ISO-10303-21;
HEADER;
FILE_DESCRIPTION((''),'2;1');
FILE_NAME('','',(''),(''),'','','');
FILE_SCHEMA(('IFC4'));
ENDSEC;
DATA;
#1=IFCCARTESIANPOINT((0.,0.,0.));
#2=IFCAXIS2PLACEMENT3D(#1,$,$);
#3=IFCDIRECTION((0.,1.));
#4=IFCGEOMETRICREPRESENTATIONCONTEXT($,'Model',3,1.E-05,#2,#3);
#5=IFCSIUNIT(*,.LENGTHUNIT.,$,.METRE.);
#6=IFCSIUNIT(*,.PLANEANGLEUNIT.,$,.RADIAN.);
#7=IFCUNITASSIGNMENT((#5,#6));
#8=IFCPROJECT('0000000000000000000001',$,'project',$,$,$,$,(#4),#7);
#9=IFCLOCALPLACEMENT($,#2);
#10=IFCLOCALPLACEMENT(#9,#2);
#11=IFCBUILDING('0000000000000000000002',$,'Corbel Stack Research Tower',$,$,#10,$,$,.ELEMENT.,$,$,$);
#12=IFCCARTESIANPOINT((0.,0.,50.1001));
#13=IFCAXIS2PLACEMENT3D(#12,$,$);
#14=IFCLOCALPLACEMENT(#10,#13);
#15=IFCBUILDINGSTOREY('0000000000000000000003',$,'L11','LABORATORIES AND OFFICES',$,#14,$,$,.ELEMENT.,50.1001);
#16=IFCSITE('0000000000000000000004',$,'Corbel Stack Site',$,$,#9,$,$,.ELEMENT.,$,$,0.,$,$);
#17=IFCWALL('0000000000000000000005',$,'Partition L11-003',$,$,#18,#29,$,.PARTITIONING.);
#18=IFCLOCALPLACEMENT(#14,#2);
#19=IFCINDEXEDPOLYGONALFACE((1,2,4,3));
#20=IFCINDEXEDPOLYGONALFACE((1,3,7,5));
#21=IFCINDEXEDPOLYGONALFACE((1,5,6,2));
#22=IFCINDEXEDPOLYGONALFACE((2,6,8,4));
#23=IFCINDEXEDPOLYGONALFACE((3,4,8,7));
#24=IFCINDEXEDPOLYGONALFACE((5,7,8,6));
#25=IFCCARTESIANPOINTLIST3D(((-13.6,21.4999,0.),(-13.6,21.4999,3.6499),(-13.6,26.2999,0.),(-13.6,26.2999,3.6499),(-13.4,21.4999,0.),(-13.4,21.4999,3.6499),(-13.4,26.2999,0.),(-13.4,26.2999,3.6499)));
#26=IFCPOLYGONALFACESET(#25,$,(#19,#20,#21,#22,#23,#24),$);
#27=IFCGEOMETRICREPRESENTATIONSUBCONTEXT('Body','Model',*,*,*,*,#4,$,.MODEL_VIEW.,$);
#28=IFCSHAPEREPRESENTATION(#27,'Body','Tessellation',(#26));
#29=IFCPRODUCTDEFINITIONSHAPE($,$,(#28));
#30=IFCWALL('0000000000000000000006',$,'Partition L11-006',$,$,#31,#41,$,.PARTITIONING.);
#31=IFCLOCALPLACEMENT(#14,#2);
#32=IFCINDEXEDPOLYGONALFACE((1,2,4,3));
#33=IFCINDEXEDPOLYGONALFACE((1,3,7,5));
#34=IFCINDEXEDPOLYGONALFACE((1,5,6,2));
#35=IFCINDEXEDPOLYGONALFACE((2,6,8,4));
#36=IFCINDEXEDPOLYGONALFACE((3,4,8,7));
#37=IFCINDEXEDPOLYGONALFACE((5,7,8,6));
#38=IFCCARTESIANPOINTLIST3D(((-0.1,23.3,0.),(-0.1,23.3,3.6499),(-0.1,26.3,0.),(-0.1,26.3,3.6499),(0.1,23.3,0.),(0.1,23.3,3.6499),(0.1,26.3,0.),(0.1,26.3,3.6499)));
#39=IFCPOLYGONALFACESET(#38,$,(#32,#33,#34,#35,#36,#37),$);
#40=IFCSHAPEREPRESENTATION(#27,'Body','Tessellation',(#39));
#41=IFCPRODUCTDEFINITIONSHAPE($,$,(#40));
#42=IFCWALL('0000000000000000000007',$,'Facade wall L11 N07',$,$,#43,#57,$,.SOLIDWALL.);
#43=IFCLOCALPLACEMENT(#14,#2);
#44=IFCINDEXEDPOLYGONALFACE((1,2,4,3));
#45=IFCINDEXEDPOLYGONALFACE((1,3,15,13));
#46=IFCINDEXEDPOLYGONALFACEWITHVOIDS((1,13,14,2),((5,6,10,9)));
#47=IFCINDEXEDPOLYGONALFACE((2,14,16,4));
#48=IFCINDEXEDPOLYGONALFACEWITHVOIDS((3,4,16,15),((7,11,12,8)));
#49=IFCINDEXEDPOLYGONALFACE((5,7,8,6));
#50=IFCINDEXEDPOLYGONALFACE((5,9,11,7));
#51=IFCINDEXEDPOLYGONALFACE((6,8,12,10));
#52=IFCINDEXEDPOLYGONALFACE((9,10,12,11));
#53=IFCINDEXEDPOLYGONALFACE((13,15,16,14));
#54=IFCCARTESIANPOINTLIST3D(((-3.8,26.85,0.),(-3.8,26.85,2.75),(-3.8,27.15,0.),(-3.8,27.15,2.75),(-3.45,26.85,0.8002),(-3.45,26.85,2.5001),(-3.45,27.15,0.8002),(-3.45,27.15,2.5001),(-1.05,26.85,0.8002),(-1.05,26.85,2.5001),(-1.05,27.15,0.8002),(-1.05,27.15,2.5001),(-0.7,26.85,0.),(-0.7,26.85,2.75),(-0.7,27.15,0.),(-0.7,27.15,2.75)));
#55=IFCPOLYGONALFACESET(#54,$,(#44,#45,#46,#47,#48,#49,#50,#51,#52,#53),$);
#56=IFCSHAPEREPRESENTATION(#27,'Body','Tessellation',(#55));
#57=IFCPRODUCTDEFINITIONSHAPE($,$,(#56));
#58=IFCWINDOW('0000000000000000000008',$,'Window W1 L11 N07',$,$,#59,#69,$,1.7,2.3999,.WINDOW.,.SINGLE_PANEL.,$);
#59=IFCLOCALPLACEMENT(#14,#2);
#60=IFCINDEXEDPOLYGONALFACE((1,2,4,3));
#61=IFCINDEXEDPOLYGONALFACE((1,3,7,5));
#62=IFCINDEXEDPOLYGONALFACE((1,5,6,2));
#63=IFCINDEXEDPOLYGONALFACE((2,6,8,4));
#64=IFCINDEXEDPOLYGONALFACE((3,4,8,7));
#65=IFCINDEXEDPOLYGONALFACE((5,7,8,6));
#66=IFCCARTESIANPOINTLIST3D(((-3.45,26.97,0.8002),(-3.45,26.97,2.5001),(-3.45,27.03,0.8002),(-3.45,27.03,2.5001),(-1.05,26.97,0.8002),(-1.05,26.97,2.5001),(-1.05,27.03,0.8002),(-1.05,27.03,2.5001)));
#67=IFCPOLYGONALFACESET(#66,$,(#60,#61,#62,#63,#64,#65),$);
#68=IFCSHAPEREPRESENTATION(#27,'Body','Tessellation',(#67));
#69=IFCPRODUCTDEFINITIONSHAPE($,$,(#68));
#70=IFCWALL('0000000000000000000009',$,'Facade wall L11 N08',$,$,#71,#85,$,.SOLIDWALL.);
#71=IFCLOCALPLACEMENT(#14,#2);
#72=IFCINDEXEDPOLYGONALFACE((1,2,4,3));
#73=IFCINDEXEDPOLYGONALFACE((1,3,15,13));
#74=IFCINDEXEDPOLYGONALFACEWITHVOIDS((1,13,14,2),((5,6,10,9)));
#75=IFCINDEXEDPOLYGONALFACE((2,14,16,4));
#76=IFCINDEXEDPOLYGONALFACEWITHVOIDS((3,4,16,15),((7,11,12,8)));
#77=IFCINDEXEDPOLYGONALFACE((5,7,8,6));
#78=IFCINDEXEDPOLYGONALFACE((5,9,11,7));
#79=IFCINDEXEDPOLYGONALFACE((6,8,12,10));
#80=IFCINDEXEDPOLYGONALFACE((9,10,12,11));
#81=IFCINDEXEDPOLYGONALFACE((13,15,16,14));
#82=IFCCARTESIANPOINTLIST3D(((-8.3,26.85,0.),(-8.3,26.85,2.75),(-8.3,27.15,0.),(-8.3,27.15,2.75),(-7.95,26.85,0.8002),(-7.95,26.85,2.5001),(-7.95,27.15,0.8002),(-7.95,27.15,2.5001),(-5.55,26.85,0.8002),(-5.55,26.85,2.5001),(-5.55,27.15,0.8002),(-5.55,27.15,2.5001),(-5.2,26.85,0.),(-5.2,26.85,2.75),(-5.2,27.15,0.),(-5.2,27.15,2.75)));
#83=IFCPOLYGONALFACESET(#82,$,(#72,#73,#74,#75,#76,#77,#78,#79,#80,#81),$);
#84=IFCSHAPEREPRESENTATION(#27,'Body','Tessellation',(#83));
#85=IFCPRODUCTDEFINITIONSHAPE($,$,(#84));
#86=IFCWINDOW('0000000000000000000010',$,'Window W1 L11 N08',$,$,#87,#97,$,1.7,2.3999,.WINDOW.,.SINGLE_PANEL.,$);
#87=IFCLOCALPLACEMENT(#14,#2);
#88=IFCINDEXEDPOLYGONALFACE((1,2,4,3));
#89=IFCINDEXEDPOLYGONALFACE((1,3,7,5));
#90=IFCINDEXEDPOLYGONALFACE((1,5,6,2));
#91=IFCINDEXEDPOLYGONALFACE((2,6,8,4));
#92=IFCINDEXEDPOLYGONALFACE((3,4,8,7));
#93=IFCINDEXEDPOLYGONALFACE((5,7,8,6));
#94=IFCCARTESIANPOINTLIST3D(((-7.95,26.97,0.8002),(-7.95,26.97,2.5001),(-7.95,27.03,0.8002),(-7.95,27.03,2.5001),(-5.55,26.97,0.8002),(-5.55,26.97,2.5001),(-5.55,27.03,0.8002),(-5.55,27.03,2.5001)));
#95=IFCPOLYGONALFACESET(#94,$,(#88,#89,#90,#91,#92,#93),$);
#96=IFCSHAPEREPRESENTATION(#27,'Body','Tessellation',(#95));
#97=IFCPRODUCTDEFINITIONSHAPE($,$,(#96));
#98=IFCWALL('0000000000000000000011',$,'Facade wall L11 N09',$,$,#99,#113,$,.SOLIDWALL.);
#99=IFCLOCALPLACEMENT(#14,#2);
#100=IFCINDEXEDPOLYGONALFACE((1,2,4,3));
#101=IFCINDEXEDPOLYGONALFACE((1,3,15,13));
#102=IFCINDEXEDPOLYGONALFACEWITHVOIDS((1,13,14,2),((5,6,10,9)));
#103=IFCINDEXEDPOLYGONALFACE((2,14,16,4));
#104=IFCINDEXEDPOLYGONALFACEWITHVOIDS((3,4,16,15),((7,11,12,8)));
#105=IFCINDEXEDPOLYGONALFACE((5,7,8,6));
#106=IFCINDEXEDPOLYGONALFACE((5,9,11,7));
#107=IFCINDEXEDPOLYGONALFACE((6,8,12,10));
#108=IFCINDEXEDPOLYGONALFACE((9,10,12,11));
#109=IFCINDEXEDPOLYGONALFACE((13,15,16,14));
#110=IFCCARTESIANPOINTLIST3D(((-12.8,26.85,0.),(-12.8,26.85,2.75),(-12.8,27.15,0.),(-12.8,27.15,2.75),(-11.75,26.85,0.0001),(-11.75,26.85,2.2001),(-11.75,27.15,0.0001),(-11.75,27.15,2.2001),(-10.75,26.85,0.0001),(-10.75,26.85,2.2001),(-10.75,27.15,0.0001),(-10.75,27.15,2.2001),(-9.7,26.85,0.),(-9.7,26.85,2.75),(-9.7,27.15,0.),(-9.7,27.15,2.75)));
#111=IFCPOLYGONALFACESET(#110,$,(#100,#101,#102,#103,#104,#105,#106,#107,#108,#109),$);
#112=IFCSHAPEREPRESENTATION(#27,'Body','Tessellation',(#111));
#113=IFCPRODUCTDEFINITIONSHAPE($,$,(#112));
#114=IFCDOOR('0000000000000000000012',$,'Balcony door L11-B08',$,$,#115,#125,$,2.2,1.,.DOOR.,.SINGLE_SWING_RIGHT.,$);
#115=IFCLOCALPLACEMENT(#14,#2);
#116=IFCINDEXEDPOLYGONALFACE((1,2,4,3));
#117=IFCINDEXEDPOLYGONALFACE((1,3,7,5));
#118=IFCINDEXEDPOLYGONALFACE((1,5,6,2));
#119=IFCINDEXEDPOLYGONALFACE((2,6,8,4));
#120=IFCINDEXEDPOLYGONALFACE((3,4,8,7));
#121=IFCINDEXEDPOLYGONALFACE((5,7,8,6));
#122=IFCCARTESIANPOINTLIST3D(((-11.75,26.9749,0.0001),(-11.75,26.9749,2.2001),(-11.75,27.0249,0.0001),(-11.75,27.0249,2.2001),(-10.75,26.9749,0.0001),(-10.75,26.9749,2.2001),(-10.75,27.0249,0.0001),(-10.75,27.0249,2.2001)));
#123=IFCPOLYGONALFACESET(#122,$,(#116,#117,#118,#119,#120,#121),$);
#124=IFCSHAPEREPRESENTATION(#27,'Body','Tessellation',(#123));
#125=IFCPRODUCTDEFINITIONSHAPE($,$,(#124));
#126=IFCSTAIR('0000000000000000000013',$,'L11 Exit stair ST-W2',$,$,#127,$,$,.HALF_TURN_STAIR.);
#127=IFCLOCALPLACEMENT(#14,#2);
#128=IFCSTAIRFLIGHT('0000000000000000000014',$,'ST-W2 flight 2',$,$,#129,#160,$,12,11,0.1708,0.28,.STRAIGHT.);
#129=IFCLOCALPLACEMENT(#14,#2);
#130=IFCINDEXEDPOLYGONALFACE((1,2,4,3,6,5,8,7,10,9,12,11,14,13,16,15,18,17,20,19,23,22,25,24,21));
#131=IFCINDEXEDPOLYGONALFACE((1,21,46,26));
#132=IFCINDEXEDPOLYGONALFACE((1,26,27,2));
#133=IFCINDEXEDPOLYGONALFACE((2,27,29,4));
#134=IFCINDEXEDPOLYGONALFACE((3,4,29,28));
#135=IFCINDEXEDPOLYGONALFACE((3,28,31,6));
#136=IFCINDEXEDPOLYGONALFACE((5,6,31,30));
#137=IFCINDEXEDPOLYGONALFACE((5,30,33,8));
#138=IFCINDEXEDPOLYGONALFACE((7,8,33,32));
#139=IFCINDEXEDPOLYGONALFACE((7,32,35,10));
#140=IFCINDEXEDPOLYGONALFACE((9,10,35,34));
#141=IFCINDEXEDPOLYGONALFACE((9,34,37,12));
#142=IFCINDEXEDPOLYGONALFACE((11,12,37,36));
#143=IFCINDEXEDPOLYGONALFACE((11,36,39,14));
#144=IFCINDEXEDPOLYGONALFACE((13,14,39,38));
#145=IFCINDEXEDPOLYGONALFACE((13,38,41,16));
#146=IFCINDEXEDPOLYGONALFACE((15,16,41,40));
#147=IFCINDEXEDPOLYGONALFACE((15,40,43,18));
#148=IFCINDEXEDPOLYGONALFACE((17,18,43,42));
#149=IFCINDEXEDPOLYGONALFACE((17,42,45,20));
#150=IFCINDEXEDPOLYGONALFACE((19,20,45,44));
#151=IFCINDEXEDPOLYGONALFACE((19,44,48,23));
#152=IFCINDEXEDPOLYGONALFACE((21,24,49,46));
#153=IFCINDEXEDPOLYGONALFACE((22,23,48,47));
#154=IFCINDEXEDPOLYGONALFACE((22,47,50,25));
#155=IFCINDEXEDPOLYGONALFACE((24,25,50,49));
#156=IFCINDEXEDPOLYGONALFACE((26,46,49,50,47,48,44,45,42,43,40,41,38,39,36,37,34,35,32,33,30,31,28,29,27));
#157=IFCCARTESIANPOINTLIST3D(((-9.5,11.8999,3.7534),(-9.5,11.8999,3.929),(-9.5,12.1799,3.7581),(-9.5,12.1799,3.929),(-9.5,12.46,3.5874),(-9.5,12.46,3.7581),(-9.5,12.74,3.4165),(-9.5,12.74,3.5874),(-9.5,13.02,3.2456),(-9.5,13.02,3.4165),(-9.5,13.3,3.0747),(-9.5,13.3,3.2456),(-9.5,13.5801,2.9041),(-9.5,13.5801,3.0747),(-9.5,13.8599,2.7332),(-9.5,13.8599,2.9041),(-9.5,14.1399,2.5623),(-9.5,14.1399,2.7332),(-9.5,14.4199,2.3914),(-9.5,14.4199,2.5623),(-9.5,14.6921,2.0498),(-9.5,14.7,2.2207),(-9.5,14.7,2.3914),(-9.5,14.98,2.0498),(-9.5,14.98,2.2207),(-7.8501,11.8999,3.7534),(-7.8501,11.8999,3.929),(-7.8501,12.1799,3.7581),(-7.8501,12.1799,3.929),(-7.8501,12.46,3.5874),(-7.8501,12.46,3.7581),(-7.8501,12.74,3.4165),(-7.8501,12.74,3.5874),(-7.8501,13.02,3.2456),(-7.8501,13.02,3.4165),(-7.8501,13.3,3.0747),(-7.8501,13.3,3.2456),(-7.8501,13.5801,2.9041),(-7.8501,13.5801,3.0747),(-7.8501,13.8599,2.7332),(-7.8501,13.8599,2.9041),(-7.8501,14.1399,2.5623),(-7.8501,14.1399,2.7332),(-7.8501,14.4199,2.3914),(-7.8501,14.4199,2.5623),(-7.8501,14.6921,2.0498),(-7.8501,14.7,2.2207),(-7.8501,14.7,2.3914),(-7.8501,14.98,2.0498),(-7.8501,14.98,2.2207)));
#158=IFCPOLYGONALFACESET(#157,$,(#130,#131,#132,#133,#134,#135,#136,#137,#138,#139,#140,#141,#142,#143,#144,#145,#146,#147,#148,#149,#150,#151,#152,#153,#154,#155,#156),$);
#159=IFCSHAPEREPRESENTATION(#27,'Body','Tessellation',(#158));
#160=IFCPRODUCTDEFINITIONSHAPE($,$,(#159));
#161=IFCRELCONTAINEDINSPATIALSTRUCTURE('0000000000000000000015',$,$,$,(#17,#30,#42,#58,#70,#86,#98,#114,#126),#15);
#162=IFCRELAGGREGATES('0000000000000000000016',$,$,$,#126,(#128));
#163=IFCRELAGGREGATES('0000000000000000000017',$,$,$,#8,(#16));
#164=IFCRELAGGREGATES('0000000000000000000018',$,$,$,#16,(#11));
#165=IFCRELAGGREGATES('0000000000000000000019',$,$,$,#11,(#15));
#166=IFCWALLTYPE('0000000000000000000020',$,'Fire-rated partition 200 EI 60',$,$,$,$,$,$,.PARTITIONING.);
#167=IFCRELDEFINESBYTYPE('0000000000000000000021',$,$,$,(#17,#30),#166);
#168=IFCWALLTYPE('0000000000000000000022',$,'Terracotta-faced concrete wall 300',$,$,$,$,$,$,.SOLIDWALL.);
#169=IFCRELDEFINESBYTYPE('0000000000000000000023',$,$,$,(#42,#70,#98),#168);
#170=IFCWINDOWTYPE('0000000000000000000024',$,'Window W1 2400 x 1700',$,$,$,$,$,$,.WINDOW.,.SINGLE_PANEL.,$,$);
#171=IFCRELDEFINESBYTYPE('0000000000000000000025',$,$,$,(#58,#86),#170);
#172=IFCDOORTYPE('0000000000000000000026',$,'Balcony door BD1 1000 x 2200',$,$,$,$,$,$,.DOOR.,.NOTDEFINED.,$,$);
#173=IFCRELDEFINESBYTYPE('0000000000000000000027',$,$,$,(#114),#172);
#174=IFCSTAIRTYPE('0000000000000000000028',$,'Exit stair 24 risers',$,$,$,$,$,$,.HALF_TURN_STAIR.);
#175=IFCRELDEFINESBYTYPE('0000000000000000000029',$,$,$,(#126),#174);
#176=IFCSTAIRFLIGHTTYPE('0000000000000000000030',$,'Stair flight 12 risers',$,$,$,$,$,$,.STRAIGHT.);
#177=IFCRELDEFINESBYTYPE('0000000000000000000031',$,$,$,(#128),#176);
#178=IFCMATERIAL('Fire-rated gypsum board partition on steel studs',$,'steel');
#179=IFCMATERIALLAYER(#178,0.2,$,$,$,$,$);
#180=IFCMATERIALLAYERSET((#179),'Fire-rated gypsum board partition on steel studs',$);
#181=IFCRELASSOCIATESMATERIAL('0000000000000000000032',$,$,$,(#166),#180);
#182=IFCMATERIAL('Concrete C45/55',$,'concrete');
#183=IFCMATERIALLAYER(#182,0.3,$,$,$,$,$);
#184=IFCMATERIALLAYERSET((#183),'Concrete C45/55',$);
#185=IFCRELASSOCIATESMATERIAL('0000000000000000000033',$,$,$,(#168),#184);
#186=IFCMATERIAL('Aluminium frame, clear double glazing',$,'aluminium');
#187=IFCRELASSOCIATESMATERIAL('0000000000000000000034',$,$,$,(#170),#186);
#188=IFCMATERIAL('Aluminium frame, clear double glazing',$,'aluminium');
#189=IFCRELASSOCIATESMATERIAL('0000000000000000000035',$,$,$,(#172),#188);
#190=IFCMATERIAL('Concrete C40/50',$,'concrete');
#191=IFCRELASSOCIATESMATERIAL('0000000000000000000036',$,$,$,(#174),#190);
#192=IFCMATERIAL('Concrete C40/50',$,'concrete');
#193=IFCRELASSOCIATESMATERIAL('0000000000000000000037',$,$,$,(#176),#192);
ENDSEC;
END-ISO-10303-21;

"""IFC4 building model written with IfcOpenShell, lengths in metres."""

from ifc_helpers import new_model, si_unit, direction, frame, frame_2d, origin, place, context, subcontext, project, spatial, polyline, rectangle, outline, extrude, material, layer, layer_set, type_object, element, fill, aggregate, save


model = new_model("IFC4")

# Units and contexts
model_context = context("Model", 3, precision=1e-05, world=origin(), true_north=direction((0.0, 1.0)))
body_context = subcontext(model_context, "Body", "Model", "MODEL_VIEW")
ifc_project = project(units=[si_unit("LENGTHUNIT", "METRE"), si_unit("PLANEANGLEUNIT", "RADIAN")], contexts=[model_context])

# Site, building, storey
site_placement = place(None, origin())
site = spatial("IfcSite", under=ifc_project, at=site_placement, Name="Corbel Stack Site", CompositionType="ELEMENT", RefElevation=0.0)
building_placement = place(site_placement, origin())
building = spatial("IfcBuilding", under=site, at=building_placement, Name="Corbel Stack Research Tower", CompositionType="ELEMENT")
storey_placement = place(building_placement, frame((0.0, 0.0, 50.1001)))
storey = spatial("IfcBuildingStorey", under=building, at=storey_placement, Name="L11", Description="LABORATORIES AND OFFICES", CompositionType="ELEMENT", Elevation=50.1001)

# Walls
ifc_material_1 = material(Name="Fire-rated gypsum board partition on steel studs", Category="steel")
ifc_layer_1 = layer(ifc_material_1, 0.2)
ifc_layer_set_1 = layer_set([ifc_layer_1], Name="Fire-rated gypsum board partition on steel studs")
wall_type_1 = type_object("IfcWallType", Name="Fire-rated partition 200 EI 60", PredefinedType="PARTITIONING", material=ifc_layer_set_1)
wall_1_placement = place(storey_placement, frame((-13.5, 21.5, 0.0), z_axis=(0.0, 0.0, 1.0), x_axis=(0.0, 1.0, 0.0)))
element("IfcWall", 1, at=wall_1_placement, inside=storey, type_object=wall_type_1, Name="Partition L11-003", PredefinedType="PARTITIONING", context=body_context, shape_type="SweptSolid", body=[
    extrude(rectangle(XDim=4.8, YDim=0.2, at=frame_2d((2.3999, 0.0))), origin(), (0.0, 0.0, 1.0), 3.6499),
])
wall_2_placement = place(storey_placement, frame((0.0, 23.3, 0.0), z_axis=(0.0, 0.0, 1.0), x_axis=(0.0, 1.0, 0.0)))
element("IfcWall", 2, at=wall_2_placement, inside=storey, type_object=wall_type_1, Name="Partition L11-006", PredefinedType="PARTITIONING", context=body_context, shape_type="SweptSolid", body=[
    extrude(rectangle(XDim=3.0, YDim=0.2, at=frame_2d((1.5, 0.0))), origin(), (0.0, 0.0, 1.0), 3.6499),
])

# Walls, openings, windows
ifc_material_2 = material(Name="Concrete C45/55", Category="concrete")
ifc_layer_2 = layer(ifc_material_2, 0.3)
ifc_layer_set_2 = layer_set([ifc_layer_2], Name="Concrete C45/55")
wall_type_2 = type_object("IfcWallType", Name="Terracotta-faced concrete wall 300", PredefinedType="SOLIDWALL", material=ifc_layer_set_2)
wall_3_placement = place(storey_placement, frame((-3.8, 27.0, 0.0), z_axis=(0.0, 0.0, 1.0), x_axis=(1.0, 0.0, 0.0)))
wall_3 = element("IfcWall", 3, at=wall_3_placement, inside=storey, type_object=wall_type_2, Name="Facade wall L11 N07", PredefinedType="SOLIDWALL", context=body_context, shape_type="SweptSolid", body=[
    extrude(rectangle(XDim=3.1001, YDim=0.3, at=frame_2d((1.55, 0.0))), origin(), (0.0, 0.0, 1.0), 2.75),
])
opening_1_placement = place(wall_3_placement, frame((0.3501, 0.0, 0.8)))
opening_1 = element("IfcOpeningElement", 4, at=opening_1_placement, cuts=wall_3, PredefinedType="OPENING", context=body_context, shape_type="SweptSolid", body=[
    extrude(rectangle(XDim=2.3999, YDim=1.7, at=frame_2d((1.2, 0.8501))), frame((0.0, 0.1599, 0.0), z_axis=(0.0, -1.0, 0.0), x_axis=(1.0, 0.0, 0.0)), (0.0, 0.0, 1.0), 0.3201),
])
ifc_material_3 = material(Name="Aluminium frame, clear double glazing", Category="aluminium")
window_type = type_object("IfcWindowType", Name="Window W1 2400 x 1700", PartitioningType="SINGLE_PANEL", PredefinedType="WINDOW", material=ifc_material_3)
window_1_placement = place(opening_1_placement, origin())
window_1 = element("IfcWindow", 5, at=window_1_placement, inside=storey, type_object=window_type, Name="Window W1 L11 N07", OverallHeight=1.7, OverallWidth=2.3999, PartitioningType="SINGLE_PANEL", PredefinedType="WINDOW", context=body_context, shape_type="SweptSolid", body=[
    extrude(rectangle(XDim=2.3999, YDim=1.7, at=frame_2d((1.2, 0.8501))), frame((0.0, 0.03, 0.0), z_axis=(0.0, -1.0, 0.0), x_axis=(1.0, 0.0, 0.0)), (0.0, 0.0, 1.0), 0.0601),
])
fill(opening_1, window_1)
wall_4_placement = place(storey_placement, frame((-8.3, 27.0, 0.0), z_axis=(0.0, 0.0, 1.0), x_axis=(1.0, 0.0, 0.0)))
wall_4 = element("IfcWall", 6, at=wall_4_placement, inside=storey, type_object=wall_type_2, Name="Facade wall L11 N08", PredefinedType="SOLIDWALL", context=body_context, shape_type="SweptSolid", body=[
    extrude(rectangle(XDim=3.1001, YDim=0.3, at=frame_2d((1.55, 0.0))), origin(), (0.0, 0.0, 1.0), 2.75),
])
opening_2_placement = place(wall_4_placement, frame((0.3501, 0.0, 0.8)))
opening_2 = element("IfcOpeningElement", 7, at=opening_2_placement, cuts=wall_4, PredefinedType="OPENING", context=body_context, shape_type="SweptSolid", body=[
    extrude(rectangle(XDim=2.3999, YDim=1.7, at=frame_2d((1.2, 0.8501))), frame((0.0, 0.1599, 0.0), z_axis=(0.0, -1.0, 0.0), x_axis=(1.0, 0.0, 0.0)), (0.0, 0.0, 1.0), 0.3201),
])
window_2_placement = place(opening_2_placement, origin())
window_2 = element("IfcWindow", 8, at=window_2_placement, inside=storey, type_object=window_type, Name="Window W1 L11 N08", OverallHeight=1.7, OverallWidth=2.3999, PartitioningType="SINGLE_PANEL", PredefinedType="WINDOW", context=body_context, shape_type="SweptSolid", body=[
    extrude(rectangle(XDim=2.3999, YDim=1.7, at=frame_2d((1.2, 0.8501))), frame((0.0, 0.03, 0.0), z_axis=(0.0, -1.0, 0.0), x_axis=(1.0, 0.0, 0.0)), (0.0, 0.0, 1.0), 0.0601),
])
fill(opening_2, window_2)

# Wall, opening, door
wall_5_placement = place(storey_placement, frame((-12.8, 27.0, 0.0), z_axis=(0.0, 0.0, 1.0), x_axis=(1.0, 0.0, 0.0)))
wall_5 = element("IfcWall", 9, at=wall_5_placement, inside=storey, type_object=wall_type_2, Name="Facade wall L11 N09", PredefinedType="SOLIDWALL", context=body_context, shape_type="SweptSolid", body=[
    extrude(rectangle(XDim=3.1001, YDim=0.3, at=frame_2d((1.55, 0.0))), origin(), (0.0, 0.0, 1.0), 2.75),
])
opening_3_placement = place(wall_5_placement, frame((1.05, 0.0, 0.0)))
opening_3 = element("IfcOpeningElement", 10, at=opening_3_placement, cuts=wall_5, PredefinedType="OPENING", context=body_context, shape_type="SweptSolid", body=[
    extrude(rectangle(XDim=1.0, YDim=2.2, at=frame_2d((0.5, 1.1001))), frame((0.0, 0.1599, 0.0), z_axis=(0.0, -1.0, 0.0), x_axis=(1.0, 0.0, 0.0)), (0.0, 0.0, 1.0), 0.3201),
])
ifc_material_4 = material(Name="Aluminium frame, clear double glazing", Category="aluminium")
door_type_1 = type_object("IfcDoorType", Name="Balcony door BD1 1000 x 2200", OperationType="NOTDEFINED", PredefinedType="DOOR", material=ifc_material_4)
door_1_placement = place(opening_3_placement, origin())
door_1 = element("IfcDoor", 11, at=door_1_placement, inside=storey, type_object=door_type_1, Name="Balcony door L11-B08", OperationType="SINGLE_SWING_RIGHT", OverallHeight=2.2, OverallWidth=1.0, PredefinedType="DOOR", context=body_context, shape_type="SweptSolid", body=[
    extrude(rectangle(XDim=1.0, YDim=2.2, at=frame_2d((0.5, 1.1001))), frame((0.0, 0.0249, 0.0), z_axis=(0.0, -1.0, 0.0), x_axis=(1.0, 0.0, 0.0)), (0.0, 0.0, 1.0), 0.05),
])
fill(opening_3, door_1)

# Stair, stair flight
ifc_material_5 = material(Name="Concrete C40/50", Category="concrete")
stair_type = type_object("IfcStairType", Name="Exit stair 24 risers", PredefinedType="HALF_TURN_STAIR", material=ifc_material_5)
stair_placement = place(storey_placement, origin())
stair = element("IfcStair", 12, at=stair_placement, inside=storey, type_object=stair_type, Name="L11 Exit stair ST-W2", PredefinedType="HALF_TURN_STAIR")
ifc_material_6 = material(Name="Concrete C40/50", Category="concrete")
stair_flight_type = type_object("IfcStairFlightType", Name="Stair flight 12 risers", PredefinedType="STRAIGHT", material=ifc_material_6)
stair_flight_placement = place(storey_placement, frame((-8.675, 14.98, 2.0498), z_axis=(0.0, 0.0, 1.0), x_axis=(0.0, -1.0, 0.0)))
stair_flight = element("IfcStairFlight", 13, at=stair_flight_placement, type_object=stair_flight_type, Name="ST-W2 flight 2", NumberOfRisers=12, NumberOfTreads=11, PredefinedType="STRAIGHT", RiserHeight=0.1708, TreadLength=0.28, context=body_context, shape_type="SweptSolid", body=[
    extrude(outline(polyline([(0.0, 0.0), (0.0, 0.1709), (0.28, 0.1709), (0.28, 0.3416), (0.5601, 0.3416), (0.5601, 0.5125), (0.8401, 0.5125), (0.8401, 0.6833), (1.1201, 0.6833), (1.1201, 0.8542), (1.3999, 0.8542), (1.3999, 1.0249), (1.6799, 1.0249), (1.6799, 1.1958), (1.96, 1.1958), (1.96, 1.3667), (2.24, 1.3667), (2.24, 1.5376), (2.52, 1.5376), (2.52, 1.7083), (2.8, 1.7083), (2.8, 1.8792), (3.0801, 1.8792), (3.0801, 2.05), (3.0801, 1.7036), (0.2878, 0.0), (0.0, 0.0)])), frame((0.0, 0.825, 0.0), z_axis=(0.0, -1.0, 0.0), x_axis=(1.0, 0.0, 0.0)), (0.0, 0.0, 1.0), 1.6499),
])
aggregate(stair, [stair_flight])

save(model, "model.ifc")
